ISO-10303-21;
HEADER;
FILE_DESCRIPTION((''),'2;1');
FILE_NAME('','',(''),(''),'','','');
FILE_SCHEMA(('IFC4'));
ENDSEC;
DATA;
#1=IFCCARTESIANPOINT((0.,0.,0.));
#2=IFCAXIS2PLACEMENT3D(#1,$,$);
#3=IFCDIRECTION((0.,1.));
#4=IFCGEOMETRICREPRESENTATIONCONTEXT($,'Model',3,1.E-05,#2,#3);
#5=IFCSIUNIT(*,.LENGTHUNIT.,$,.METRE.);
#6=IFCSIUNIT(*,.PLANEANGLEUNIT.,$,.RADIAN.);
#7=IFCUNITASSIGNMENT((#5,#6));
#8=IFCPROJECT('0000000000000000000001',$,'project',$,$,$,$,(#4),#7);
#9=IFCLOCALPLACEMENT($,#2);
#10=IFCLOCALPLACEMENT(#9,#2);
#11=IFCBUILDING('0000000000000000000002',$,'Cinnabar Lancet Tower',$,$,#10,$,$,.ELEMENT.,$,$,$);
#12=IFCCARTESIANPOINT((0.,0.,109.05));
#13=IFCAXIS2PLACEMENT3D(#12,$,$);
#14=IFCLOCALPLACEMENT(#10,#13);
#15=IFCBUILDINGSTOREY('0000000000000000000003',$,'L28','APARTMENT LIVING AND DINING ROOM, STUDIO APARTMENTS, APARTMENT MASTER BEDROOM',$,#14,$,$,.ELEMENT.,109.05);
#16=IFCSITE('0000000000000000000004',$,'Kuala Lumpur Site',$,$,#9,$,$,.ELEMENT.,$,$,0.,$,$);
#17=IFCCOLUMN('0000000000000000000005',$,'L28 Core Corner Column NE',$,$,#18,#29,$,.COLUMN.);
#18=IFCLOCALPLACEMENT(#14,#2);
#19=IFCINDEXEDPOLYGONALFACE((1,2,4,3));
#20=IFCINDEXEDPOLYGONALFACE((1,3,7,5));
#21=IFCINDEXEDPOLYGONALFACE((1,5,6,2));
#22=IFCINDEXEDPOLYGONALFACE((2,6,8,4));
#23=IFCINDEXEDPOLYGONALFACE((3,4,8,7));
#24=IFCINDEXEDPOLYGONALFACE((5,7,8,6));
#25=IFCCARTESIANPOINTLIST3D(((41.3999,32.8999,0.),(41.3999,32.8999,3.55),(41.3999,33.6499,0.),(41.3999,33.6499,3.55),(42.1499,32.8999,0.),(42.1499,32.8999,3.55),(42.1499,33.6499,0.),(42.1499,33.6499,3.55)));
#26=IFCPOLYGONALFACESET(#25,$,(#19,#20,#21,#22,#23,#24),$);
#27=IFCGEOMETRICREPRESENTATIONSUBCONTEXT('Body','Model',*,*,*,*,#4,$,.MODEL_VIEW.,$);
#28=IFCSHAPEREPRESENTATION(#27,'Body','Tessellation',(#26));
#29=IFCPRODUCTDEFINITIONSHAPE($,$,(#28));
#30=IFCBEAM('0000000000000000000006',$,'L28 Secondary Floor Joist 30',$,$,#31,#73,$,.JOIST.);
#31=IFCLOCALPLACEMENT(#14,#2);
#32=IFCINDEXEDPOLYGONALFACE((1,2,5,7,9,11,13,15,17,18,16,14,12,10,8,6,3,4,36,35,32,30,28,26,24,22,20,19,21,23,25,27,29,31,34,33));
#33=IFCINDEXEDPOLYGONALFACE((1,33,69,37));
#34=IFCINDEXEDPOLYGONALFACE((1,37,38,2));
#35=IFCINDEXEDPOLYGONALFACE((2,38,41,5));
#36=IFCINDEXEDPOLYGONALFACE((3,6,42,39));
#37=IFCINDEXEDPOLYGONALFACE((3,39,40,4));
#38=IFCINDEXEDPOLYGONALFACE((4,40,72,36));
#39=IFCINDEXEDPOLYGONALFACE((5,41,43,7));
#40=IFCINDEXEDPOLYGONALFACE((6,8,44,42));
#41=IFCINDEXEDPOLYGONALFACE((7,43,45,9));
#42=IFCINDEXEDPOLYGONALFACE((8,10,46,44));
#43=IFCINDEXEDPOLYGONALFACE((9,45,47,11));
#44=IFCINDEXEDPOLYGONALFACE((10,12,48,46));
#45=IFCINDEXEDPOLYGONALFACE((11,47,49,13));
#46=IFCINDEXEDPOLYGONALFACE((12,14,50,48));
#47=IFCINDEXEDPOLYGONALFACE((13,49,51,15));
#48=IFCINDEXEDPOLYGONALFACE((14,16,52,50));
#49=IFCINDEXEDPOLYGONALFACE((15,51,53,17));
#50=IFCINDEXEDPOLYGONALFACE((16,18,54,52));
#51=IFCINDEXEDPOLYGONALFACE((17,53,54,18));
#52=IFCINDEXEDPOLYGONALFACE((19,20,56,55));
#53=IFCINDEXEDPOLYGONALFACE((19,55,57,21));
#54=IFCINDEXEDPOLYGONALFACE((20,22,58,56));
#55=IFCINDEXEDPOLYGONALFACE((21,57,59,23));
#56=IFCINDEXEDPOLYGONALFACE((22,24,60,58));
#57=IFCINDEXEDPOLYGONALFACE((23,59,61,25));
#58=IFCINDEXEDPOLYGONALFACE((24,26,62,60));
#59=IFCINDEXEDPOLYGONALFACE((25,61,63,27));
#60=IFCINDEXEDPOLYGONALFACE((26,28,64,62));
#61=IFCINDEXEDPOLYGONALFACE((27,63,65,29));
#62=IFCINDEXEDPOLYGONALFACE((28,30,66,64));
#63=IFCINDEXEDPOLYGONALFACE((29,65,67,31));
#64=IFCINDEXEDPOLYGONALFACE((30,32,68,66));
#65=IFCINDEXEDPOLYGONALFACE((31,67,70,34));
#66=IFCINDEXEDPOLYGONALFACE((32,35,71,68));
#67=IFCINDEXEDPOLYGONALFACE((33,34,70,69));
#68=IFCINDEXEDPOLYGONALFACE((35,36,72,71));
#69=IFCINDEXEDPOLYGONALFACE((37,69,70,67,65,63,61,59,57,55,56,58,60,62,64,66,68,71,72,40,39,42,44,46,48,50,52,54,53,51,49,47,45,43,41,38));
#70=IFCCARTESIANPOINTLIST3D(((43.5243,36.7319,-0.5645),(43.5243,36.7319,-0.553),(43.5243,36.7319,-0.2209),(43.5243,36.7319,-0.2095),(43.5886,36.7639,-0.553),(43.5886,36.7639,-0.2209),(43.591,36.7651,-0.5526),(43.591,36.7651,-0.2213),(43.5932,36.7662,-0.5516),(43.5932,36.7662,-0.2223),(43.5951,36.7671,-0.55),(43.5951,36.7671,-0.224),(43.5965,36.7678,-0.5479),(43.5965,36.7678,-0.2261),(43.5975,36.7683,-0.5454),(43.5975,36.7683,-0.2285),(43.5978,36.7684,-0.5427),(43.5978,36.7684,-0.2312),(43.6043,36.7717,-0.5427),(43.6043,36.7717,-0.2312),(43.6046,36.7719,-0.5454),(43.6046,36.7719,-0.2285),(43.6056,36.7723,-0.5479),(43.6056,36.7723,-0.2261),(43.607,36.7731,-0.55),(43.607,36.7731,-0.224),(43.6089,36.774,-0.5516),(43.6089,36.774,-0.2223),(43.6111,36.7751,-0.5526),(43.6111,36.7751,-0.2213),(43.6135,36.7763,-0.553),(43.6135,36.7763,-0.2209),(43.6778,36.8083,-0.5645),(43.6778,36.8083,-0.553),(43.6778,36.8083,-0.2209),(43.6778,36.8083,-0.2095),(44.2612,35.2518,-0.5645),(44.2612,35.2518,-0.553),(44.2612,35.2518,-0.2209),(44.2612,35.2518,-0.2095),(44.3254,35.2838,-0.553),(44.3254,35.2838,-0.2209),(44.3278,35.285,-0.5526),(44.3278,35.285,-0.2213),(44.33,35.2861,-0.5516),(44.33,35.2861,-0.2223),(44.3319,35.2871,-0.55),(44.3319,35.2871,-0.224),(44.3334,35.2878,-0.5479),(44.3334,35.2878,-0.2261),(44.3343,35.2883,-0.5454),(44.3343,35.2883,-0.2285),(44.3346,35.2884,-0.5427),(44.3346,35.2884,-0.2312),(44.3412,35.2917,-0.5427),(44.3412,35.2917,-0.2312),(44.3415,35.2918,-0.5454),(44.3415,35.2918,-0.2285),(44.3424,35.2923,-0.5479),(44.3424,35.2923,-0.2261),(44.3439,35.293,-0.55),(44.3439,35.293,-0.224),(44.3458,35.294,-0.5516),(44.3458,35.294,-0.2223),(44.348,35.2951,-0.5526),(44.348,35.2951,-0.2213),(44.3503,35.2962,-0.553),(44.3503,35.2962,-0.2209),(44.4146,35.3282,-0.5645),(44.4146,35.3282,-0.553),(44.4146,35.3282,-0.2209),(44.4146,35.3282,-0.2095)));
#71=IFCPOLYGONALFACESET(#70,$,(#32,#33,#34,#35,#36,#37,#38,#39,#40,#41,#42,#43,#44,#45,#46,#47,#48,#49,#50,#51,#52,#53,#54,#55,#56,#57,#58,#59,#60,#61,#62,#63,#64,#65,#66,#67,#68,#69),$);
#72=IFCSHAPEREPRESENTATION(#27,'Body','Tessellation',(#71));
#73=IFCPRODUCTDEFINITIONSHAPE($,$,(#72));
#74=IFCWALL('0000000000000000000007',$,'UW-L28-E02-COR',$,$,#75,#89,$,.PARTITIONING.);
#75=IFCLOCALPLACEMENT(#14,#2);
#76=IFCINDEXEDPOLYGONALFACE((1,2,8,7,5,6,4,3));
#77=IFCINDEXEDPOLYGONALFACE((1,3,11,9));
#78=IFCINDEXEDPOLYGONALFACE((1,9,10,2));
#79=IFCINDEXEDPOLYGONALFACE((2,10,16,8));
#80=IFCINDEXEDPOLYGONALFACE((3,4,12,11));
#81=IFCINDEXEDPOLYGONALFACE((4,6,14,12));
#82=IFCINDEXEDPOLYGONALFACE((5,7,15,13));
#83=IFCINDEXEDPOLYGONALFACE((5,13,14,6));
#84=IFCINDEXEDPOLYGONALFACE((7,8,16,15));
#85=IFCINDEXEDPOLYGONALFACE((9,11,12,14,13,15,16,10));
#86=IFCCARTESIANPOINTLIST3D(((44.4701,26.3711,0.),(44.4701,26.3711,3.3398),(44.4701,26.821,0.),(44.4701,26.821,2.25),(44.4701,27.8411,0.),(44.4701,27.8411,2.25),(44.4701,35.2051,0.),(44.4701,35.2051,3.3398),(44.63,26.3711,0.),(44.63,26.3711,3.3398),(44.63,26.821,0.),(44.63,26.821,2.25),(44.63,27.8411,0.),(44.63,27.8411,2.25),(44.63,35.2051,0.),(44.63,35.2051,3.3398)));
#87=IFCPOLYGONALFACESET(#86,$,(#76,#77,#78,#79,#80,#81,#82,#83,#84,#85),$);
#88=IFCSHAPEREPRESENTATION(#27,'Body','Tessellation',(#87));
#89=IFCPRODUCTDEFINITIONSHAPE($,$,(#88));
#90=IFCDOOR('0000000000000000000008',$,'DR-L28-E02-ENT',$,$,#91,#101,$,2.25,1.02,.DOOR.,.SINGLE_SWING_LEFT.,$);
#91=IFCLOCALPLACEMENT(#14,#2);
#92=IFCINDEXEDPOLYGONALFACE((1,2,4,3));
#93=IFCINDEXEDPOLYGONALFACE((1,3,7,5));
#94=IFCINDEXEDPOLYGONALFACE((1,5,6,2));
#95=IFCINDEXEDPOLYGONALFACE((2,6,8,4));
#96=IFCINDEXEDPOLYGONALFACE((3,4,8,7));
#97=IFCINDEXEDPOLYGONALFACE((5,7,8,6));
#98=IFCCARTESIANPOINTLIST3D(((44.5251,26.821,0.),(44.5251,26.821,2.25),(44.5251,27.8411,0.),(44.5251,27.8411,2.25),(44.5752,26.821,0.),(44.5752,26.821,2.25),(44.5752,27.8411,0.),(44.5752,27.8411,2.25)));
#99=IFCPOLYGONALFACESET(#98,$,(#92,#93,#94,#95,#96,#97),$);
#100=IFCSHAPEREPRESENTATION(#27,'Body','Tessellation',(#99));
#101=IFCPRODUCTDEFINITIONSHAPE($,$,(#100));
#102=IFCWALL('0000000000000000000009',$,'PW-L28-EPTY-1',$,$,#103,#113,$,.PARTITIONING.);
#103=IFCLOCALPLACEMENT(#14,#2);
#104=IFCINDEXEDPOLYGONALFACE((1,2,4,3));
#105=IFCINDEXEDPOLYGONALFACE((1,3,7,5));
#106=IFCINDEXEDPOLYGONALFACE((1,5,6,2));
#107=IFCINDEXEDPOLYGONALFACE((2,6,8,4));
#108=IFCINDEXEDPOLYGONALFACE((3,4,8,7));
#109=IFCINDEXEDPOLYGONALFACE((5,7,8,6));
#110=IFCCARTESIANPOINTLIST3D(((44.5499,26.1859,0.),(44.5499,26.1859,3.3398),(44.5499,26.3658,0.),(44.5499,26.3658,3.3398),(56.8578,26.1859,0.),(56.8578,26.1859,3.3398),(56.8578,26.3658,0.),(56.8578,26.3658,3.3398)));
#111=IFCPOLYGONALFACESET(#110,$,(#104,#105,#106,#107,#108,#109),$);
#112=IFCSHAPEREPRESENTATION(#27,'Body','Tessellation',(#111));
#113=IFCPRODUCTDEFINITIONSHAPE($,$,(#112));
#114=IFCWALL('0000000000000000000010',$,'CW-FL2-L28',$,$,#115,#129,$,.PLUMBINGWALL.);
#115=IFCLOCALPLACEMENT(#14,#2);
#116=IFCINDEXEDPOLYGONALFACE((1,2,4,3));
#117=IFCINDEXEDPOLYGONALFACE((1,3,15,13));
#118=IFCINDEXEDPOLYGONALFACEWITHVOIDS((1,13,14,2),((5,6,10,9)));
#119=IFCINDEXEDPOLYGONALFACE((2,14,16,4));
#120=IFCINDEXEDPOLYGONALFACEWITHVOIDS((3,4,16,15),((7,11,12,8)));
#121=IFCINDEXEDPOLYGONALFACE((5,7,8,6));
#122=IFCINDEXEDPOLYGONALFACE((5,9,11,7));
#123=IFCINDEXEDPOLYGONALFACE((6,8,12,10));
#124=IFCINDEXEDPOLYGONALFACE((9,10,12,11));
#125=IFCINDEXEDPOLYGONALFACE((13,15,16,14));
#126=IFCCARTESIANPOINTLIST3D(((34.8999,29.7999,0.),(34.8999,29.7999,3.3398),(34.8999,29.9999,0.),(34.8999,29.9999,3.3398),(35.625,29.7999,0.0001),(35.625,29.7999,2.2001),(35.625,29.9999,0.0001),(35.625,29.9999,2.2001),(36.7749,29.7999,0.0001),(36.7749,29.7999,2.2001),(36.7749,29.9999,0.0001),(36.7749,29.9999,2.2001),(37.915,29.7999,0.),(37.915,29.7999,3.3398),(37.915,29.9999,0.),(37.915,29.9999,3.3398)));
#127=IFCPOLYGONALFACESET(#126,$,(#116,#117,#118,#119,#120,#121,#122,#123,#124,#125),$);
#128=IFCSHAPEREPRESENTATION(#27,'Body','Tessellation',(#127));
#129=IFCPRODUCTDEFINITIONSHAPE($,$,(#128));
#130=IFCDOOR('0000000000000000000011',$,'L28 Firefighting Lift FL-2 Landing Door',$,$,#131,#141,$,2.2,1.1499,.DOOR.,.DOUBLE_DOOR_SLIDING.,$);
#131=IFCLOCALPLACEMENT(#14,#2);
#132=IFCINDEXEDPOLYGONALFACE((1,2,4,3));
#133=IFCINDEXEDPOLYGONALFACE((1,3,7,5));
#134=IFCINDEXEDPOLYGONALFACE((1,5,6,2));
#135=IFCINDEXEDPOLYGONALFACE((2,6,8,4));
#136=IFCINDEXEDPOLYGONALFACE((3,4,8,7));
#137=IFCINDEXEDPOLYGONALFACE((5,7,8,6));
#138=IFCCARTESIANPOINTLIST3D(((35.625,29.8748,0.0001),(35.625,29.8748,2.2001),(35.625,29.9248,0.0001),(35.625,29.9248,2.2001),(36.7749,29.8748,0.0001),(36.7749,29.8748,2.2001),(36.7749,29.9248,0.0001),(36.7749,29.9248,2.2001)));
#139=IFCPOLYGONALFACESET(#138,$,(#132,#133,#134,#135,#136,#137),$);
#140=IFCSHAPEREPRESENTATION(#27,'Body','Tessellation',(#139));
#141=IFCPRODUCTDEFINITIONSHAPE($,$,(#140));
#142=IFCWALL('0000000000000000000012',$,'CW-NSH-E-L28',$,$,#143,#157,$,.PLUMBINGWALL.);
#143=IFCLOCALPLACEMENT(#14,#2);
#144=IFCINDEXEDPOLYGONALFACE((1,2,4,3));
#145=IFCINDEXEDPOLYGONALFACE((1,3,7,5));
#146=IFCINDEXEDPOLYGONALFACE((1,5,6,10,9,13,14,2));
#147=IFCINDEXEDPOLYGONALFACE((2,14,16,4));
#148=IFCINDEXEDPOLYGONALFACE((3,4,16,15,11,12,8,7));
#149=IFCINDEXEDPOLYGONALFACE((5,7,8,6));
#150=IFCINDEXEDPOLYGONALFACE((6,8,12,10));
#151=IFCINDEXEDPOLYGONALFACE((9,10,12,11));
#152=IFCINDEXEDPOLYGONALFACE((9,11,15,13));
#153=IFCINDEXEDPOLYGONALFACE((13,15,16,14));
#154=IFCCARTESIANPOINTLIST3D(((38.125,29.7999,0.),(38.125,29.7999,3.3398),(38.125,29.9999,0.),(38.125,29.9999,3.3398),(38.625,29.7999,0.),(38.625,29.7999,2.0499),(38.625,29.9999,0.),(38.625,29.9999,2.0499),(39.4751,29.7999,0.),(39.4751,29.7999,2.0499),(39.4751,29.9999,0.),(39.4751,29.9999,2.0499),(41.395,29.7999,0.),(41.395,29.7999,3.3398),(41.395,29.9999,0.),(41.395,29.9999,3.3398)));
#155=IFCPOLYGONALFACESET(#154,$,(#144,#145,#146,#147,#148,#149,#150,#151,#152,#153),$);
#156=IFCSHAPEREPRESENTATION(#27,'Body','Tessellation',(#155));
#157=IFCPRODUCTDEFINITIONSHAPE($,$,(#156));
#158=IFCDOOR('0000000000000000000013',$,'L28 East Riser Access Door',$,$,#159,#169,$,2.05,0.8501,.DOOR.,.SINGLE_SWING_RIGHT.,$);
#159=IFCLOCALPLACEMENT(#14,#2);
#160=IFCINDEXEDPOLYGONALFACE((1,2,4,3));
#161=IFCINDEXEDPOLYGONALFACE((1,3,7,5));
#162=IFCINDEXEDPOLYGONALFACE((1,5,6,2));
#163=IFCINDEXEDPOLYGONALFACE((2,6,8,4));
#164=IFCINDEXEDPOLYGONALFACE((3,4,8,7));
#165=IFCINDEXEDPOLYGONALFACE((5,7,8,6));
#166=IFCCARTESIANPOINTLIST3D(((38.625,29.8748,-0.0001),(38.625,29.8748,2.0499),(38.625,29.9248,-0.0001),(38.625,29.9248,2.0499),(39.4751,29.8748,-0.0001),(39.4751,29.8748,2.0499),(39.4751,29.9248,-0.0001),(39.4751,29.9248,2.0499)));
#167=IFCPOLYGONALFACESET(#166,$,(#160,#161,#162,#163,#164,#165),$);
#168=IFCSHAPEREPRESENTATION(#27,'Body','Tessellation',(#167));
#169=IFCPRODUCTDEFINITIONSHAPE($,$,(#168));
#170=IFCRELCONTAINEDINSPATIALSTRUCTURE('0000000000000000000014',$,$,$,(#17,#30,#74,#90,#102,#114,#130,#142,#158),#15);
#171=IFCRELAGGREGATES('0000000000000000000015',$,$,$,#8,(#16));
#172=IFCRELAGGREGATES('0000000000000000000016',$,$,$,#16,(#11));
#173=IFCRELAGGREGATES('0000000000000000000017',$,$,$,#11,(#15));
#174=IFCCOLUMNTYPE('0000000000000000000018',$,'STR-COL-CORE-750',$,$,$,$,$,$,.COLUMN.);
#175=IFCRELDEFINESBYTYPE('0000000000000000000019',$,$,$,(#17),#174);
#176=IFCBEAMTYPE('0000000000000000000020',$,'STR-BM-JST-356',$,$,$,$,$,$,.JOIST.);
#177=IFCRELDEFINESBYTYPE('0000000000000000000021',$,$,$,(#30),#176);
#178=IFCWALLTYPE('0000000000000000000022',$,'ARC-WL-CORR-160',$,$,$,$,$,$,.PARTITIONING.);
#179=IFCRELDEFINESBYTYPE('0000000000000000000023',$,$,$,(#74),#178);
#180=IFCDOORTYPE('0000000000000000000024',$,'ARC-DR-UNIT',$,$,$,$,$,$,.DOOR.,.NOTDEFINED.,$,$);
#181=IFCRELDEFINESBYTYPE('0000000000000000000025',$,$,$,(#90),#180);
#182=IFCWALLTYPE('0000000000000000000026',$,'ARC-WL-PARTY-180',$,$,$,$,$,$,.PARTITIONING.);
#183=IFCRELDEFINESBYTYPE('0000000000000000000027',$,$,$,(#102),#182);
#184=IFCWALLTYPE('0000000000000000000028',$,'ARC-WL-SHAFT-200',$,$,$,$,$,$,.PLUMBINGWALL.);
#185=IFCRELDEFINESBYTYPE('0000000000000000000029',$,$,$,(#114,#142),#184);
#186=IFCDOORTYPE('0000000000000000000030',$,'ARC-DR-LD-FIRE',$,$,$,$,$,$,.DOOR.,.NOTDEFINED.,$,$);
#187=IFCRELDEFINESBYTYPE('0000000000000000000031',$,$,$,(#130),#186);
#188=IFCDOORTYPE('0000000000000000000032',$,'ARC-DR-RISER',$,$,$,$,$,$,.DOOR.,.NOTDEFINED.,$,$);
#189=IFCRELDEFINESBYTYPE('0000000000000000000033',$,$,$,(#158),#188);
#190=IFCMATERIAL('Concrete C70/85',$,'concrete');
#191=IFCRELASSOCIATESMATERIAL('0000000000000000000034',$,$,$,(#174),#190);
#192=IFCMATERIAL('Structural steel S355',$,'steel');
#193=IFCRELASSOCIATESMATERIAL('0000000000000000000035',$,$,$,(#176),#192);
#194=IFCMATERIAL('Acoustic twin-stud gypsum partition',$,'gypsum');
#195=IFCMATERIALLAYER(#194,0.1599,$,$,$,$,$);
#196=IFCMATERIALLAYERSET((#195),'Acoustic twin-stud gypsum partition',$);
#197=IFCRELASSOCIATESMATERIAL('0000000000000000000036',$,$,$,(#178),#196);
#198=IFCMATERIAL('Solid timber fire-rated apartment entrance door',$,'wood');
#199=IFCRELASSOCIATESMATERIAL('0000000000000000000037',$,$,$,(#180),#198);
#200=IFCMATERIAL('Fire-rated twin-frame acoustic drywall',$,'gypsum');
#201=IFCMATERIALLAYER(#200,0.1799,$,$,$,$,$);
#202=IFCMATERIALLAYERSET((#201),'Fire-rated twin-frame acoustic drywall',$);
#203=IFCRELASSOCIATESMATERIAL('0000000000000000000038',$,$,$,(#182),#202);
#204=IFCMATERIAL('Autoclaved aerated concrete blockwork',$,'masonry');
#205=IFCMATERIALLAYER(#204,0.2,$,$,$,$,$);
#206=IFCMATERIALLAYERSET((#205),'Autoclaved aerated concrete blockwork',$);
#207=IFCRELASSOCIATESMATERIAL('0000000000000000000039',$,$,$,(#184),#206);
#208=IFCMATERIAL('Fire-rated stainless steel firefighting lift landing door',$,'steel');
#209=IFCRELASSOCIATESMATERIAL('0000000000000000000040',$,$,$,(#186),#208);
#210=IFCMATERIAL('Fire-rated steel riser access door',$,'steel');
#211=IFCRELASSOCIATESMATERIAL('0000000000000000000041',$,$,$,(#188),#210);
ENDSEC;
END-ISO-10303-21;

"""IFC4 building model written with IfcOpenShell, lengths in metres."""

from ifc_helpers import new_model, si_unit, direction, frame, frame_2d, origin, origin_2d, place, context, subcontext, project, spatial, rectangle, i_section, extrude, material, layer, layer_set, material_profile, profile_set, type_object, element, fill, save


model = new_model("IFC4")

# Units and contexts
model_context = context("Model", 3, precision=1e-05, world=origin(), true_north=direction((0.0, 1.0)))
body_context = subcontext(model_context, "Body", "Model", "MODEL_VIEW")
ifc_project = project(units=[si_unit("LENGTHUNIT", "METRE"), si_unit("PLANEANGLEUNIT", "RADIAN")], contexts=[model_context])

# Site, building, storey
site_placement = place(None, origin())
site = spatial("IfcSite", under=ifc_project, at=site_placement, Name="Kuala Lumpur Site", CompositionType="ELEMENT", RefElevation=0.0)
building_placement = place(site_placement, origin())
building = spatial("IfcBuilding", under=site, at=building_placement, Name="Cinnabar Lancet Tower", CompositionType="ELEMENT")
storey_placement = place(building_placement, frame((0.0, 0.0, 109.05)))
storey = spatial("IfcBuildingStorey", under=building, at=storey_placement, Name="L28", Description="APARTMENT LIVING AND DINING ROOM, STUDIO APARTMENTS, APARTMENT MASTER BEDROOM", CompositionType="ELEMENT", Elevation=109.05)

# Column
ifc_material_1 = material(Name="Concrete C70/85", Category="concrete")
ifc_material_profile_1 = material_profile(ifc_material_1, rectangle(XDim=0.75, YDim=0.75, at=origin_2d()), Name="RC-COL 750x750")
ifc_profile_set_1 = profile_set([ifc_material_profile_1], Name="Concrete C70/85")
column_type = type_object("IfcColumnType", Name="STR-COL-CORE-750", PredefinedType="COLUMN", material=ifc_profile_set_1)
column_placement = place(storey_placement, frame((41.7749, 33.2749, 0.0), z_axis=(0.0, 0.0, 1.0), x_axis=(1.0, 0.0, 0.0)))
element("IfcColumn", 1, at=column_placement, inside=storey, type_object=column_type, Name="L28 Core Corner Column NE", PredefinedType="COLUMN", context=body_context, shape_type="SweptSolid", body=[
    extrude(rectangle(XDim=0.75, YDim=0.75, at=origin_2d()), origin(), (0.0, 0.0, 1.0), 3.55),
])

# Beam
ifc_material_2 = material(Name="Structural steel S355", Category="steel")
ifc_material_profile_2 = material_profile(ifc_material_2, i_section(OverallWidth=0.1714, OverallDepth=0.355, WebThickness=0.0073, FlangeThickness=0.0115, FilletRadius=0.0103, at=origin_2d()), Name="UKB 356x171x51")
ifc_profile_set_2 = profile_set([ifc_material_profile_2], Name="Structural steel S355")
beam_type = type_object("IfcBeamType", Name="STR-BM-JST-356", PredefinedType="JOIST", material=ifc_profile_set_2)
beam_placement = place(storey_placement, frame((44.3379, 35.29, -0.387), z_axis=(-0.445677, 0.895194, 0.0), x_axis=(-0.895194, -0.445677, 0.0)))
element("IfcBeam", 2, at=beam_placement, inside=storey, type_object=beam_type, Name="L28 Secondary Floor Joist 30", PredefinedType="JOIST", context=body_context, shape_type="SweptSolid", body=[
    extrude(i_section(OverallWidth=0.1714, OverallDepth=0.355, WebThickness=0.0073, FlangeThickness=0.0115, FilletRadius=0.0103, at=origin_2d()), origin(), (0.0, 0.0, 1.0), 1.6533),
])

# Wall, opening, door
ifc_material_3 = material(Name="Acoustic twin-stud gypsum partition", Category="gypsum")
ifc_layer_1 = layer(ifc_material_3, 0.1599)
ifc_layer_set_1 = layer_set([ifc_layer_1], Name="Acoustic twin-stud gypsum partition")
wall_type_1 = type_object("IfcWallType", Name="ARC-WL-CORR-160", PredefinedType="PARTITIONING", material=ifc_layer_set_1)
wall_1_placement = place(storey_placement, frame((44.55, 26.3711, 0.0), z_axis=(0.0, 0.0, 1.0), x_axis=(0.0, 1.0, 0.0)))
wall_1 = element("IfcWall", 3, at=wall_1_placement, inside=storey, type_object=wall_type_1, Name="UW-L28-E02-COR", PredefinedType="PARTITIONING", context=body_context, shape_type="SweptSolid", body=[
    extrude(rectangle(XDim=8.834, YDim=0.1599, at=frame_2d((4.417, 0.0))), origin(), (0.0, 0.0, 1.0), 3.3398),
])
opening_1_placement = place(wall_1_placement, frame((0.45, 0.0, 0.0)))
opening_1 = element("IfcOpeningElement", 4, at=opening_1_placement, cuts=wall_1, PredefinedType="OPENING", context=body_context, shape_type="SweptSolid", body=[
    extrude(rectangle(XDim=1.02, YDim=2.25, at=frame_2d((0.51, 1.125))), frame((0.0, 0.0898, 0.0), z_axis=(0.0, -1.0, 0.0), x_axis=(1.0, 0.0, 0.0)), (0.0, 0.0, 1.0), 0.1799),
])
ifc_material_4 = material(Name="Solid timber fire-rated apartment entrance door", Category="wood")
door_type_1 = type_object("IfcDoorType", Name="ARC-DR-UNIT", OperationType="NOTDEFINED", PredefinedType="DOOR", material=ifc_material_4)
door_1_placement = place(opening_1_placement, origin())
door_1 = element("IfcDoor", 5, at=door_1_placement, inside=storey, type_object=door_type_1, Name="DR-L28-E02-ENT", OperationType="SINGLE_SWING_LEFT", OverallHeight=2.25, OverallWidth=1.02, PredefinedType="DOOR", context=body_context, shape_type="SweptSolid", body=[
    extrude(rectangle(XDim=1.02, YDim=2.25, at=frame_2d((0.51, 1.125))), frame((0.0, 0.0249, 0.0), z_axis=(0.0, -1.0, 0.0), x_axis=(1.0, 0.0, 0.0)), (0.0, 0.0, 1.0), 0.05),
])
fill(opening_1, door_1)

# Wall
ifc_material_5 = material(Name="Fire-rated twin-frame acoustic drywall", Category="gypsum")
ifc_layer_2 = layer(ifc_material_5, 0.1799)
ifc_layer_set_2 = layer_set([ifc_layer_2], Name="Fire-rated twin-frame acoustic drywall")
wall_type_2 = type_object("IfcWallType", Name="ARC-WL-PARTY-180", PredefinedType="PARTITIONING", material=ifc_layer_set_2)
wall_2_placement = place(storey_placement, frame((44.55, 26.2759, 0.0), z_axis=(0.0, 0.0, 1.0), x_axis=(1.0, 0.0, 0.0)))
element("IfcWall", 6, at=wall_2_placement, inside=storey, type_object=wall_type_2, Name="PW-L28-EPTY-1", PredefinedType="PARTITIONING", context=body_context, shape_type="SweptSolid", body=[
    extrude(rectangle(XDim=12.3079, YDim=0.1799, at=frame_2d((6.1538, 0.0))), origin(), (0.0, 0.0, 1.0), 3.3398),
])

# Walls, openings, doors
ifc_material_6 = material(Name="Autoclaved aerated concrete blockwork", Category="masonry")
ifc_layer_3 = layer(ifc_material_6, 0.2)
ifc_layer_set_3 = layer_set([ifc_layer_3], Name="Autoclaved aerated concrete blockwork")
wall_type_3 = type_object("IfcWallType", Name="ARC-WL-SHAFT-200", PredefinedType="PLUMBINGWALL", material=ifc_layer_set_3)
wall_3_placement = place(storey_placement, frame((34.8999, 29.8999, 0.0), z_axis=(0.0, 0.0, 1.0), x_axis=(1.0, 0.0, 0.0)))
wall_3 = element("IfcWall", 7, at=wall_3_placement, inside=storey, type_object=wall_type_3, Name="CW-FL2-L28", PredefinedType="PLUMBINGWALL", context=body_context, shape_type="SweptSolid", body=[
    extrude(rectangle(XDim=3.0151, YDim=0.2, at=frame_2d((1.5076, 0.0))), origin(), (0.0, 0.0, 1.0), 3.3398),
])
opening_2_placement = place(wall_3_placement, frame((0.7251, 0.0, 0.0)))
opening_2 = element("IfcOpeningElement", 8, at=opening_2_placement, cuts=wall_3, PredefinedType="OPENING", context=body_context, shape_type="SweptSolid", body=[
    extrude(rectangle(XDim=1.1499, YDim=2.2, at=frame_2d((0.575, 1.1001))), frame((0.0, 0.1099, 0.0), z_axis=(0.0, -1.0, 0.0), x_axis=(1.0, 0.0, 0.0)), (0.0, 0.0, 1.0), 0.22),
])
ifc_material_7 = material(Name="Fire-rated stainless steel firefighting lift landing door", Category="steel")
door_type_2 = type_object("IfcDoorType", Name="ARC-DR-LD-FIRE", OperationType="NOTDEFINED", PredefinedType="DOOR", material=ifc_material_7)
door_2_placement = place(opening_2_placement, origin())
door_2 = element("IfcDoor", 9, at=door_2_placement, inside=storey, type_object=door_type_2, Name="L28 Firefighting Lift FL-2 Landing Door", OperationType="DOUBLE_DOOR_SLIDING", OverallHeight=2.2, OverallWidth=1.1499, PredefinedType="DOOR", context=body_context, shape_type="SweptSolid", body=[
    extrude(rectangle(XDim=1.1499, YDim=2.2, at=frame_2d((0.575, 1.1001))), frame((0.0, 0.0249, 0.0), z_axis=(0.0, -1.0, 0.0), x_axis=(1.0, 0.0, 0.0)), (0.0, 0.0, 1.0), 0.05),
])
fill(opening_2, door_2)
wall_4_placement = place(storey_placement, frame((38.125, 29.8999, 0.0), z_axis=(0.0, 0.0, 1.0), x_axis=(1.0, 0.0, 0.0)))
wall_4 = element("IfcWall", 10, at=wall_4_placement, inside=storey, type_object=wall_type_3, Name="CW-NSH-E-L28", PredefinedType="PLUMBINGWALL", context=body_context, shape_type="SweptSolid", body=[
    extrude(rectangle(XDim=3.27, YDim=0.2, at=frame_2d((1.635, 0.0))), origin(), (0.0, 0.0, 1.0), 3.3398),
])
opening_3_placement = place(wall_4_placement, frame((0.5, 0.0, 0.0)))
opening_3 = element("IfcOpeningElement", 11, at=opening_3_placement, cuts=wall_4, PredefinedType="OPENING", context=body_context, shape_type="SweptSolid", body=[
    extrude(rectangle(XDim=0.8501, YDim=2.05, at=frame_2d((0.425, 1.0249))), frame((0.0, 0.1099, 0.0), z_axis=(0.0, -1.0, 0.0), x_axis=(1.0, 0.0, 0.0)), (0.0, 0.0, 1.0), 0.22),
])
ifc_material_8 = material(Name="Fire-rated steel riser access door", Category="steel")
door_type_3 = type_object("IfcDoorType", Name="ARC-DR-RISER", OperationType="NOTDEFINED", PredefinedType="DOOR", material=ifc_material_8)
door_3_placement = place(opening_3_placement, origin())
door_3 = element("IfcDoor", 12, at=door_3_placement, inside=storey, type_object=door_type_3, Name="L28 East Riser Access Door", OperationType="SINGLE_SWING_RIGHT", OverallHeight=2.05, OverallWidth=0.8501, PredefinedType="DOOR", context=body_context, shape_type="SweptSolid", body=[
    extrude(rectangle(XDim=0.8501, YDim=2.05, at=frame_2d((0.425, 1.0249))), frame((0.0, 0.0249, 0.0), z_axis=(0.0, -1.0, 0.0), x_axis=(1.0, 0.0, 0.0)), (0.0, 0.0, 1.0), 0.05),
])
fill(opening_3, door_3)

save(model, "model.ifc")
